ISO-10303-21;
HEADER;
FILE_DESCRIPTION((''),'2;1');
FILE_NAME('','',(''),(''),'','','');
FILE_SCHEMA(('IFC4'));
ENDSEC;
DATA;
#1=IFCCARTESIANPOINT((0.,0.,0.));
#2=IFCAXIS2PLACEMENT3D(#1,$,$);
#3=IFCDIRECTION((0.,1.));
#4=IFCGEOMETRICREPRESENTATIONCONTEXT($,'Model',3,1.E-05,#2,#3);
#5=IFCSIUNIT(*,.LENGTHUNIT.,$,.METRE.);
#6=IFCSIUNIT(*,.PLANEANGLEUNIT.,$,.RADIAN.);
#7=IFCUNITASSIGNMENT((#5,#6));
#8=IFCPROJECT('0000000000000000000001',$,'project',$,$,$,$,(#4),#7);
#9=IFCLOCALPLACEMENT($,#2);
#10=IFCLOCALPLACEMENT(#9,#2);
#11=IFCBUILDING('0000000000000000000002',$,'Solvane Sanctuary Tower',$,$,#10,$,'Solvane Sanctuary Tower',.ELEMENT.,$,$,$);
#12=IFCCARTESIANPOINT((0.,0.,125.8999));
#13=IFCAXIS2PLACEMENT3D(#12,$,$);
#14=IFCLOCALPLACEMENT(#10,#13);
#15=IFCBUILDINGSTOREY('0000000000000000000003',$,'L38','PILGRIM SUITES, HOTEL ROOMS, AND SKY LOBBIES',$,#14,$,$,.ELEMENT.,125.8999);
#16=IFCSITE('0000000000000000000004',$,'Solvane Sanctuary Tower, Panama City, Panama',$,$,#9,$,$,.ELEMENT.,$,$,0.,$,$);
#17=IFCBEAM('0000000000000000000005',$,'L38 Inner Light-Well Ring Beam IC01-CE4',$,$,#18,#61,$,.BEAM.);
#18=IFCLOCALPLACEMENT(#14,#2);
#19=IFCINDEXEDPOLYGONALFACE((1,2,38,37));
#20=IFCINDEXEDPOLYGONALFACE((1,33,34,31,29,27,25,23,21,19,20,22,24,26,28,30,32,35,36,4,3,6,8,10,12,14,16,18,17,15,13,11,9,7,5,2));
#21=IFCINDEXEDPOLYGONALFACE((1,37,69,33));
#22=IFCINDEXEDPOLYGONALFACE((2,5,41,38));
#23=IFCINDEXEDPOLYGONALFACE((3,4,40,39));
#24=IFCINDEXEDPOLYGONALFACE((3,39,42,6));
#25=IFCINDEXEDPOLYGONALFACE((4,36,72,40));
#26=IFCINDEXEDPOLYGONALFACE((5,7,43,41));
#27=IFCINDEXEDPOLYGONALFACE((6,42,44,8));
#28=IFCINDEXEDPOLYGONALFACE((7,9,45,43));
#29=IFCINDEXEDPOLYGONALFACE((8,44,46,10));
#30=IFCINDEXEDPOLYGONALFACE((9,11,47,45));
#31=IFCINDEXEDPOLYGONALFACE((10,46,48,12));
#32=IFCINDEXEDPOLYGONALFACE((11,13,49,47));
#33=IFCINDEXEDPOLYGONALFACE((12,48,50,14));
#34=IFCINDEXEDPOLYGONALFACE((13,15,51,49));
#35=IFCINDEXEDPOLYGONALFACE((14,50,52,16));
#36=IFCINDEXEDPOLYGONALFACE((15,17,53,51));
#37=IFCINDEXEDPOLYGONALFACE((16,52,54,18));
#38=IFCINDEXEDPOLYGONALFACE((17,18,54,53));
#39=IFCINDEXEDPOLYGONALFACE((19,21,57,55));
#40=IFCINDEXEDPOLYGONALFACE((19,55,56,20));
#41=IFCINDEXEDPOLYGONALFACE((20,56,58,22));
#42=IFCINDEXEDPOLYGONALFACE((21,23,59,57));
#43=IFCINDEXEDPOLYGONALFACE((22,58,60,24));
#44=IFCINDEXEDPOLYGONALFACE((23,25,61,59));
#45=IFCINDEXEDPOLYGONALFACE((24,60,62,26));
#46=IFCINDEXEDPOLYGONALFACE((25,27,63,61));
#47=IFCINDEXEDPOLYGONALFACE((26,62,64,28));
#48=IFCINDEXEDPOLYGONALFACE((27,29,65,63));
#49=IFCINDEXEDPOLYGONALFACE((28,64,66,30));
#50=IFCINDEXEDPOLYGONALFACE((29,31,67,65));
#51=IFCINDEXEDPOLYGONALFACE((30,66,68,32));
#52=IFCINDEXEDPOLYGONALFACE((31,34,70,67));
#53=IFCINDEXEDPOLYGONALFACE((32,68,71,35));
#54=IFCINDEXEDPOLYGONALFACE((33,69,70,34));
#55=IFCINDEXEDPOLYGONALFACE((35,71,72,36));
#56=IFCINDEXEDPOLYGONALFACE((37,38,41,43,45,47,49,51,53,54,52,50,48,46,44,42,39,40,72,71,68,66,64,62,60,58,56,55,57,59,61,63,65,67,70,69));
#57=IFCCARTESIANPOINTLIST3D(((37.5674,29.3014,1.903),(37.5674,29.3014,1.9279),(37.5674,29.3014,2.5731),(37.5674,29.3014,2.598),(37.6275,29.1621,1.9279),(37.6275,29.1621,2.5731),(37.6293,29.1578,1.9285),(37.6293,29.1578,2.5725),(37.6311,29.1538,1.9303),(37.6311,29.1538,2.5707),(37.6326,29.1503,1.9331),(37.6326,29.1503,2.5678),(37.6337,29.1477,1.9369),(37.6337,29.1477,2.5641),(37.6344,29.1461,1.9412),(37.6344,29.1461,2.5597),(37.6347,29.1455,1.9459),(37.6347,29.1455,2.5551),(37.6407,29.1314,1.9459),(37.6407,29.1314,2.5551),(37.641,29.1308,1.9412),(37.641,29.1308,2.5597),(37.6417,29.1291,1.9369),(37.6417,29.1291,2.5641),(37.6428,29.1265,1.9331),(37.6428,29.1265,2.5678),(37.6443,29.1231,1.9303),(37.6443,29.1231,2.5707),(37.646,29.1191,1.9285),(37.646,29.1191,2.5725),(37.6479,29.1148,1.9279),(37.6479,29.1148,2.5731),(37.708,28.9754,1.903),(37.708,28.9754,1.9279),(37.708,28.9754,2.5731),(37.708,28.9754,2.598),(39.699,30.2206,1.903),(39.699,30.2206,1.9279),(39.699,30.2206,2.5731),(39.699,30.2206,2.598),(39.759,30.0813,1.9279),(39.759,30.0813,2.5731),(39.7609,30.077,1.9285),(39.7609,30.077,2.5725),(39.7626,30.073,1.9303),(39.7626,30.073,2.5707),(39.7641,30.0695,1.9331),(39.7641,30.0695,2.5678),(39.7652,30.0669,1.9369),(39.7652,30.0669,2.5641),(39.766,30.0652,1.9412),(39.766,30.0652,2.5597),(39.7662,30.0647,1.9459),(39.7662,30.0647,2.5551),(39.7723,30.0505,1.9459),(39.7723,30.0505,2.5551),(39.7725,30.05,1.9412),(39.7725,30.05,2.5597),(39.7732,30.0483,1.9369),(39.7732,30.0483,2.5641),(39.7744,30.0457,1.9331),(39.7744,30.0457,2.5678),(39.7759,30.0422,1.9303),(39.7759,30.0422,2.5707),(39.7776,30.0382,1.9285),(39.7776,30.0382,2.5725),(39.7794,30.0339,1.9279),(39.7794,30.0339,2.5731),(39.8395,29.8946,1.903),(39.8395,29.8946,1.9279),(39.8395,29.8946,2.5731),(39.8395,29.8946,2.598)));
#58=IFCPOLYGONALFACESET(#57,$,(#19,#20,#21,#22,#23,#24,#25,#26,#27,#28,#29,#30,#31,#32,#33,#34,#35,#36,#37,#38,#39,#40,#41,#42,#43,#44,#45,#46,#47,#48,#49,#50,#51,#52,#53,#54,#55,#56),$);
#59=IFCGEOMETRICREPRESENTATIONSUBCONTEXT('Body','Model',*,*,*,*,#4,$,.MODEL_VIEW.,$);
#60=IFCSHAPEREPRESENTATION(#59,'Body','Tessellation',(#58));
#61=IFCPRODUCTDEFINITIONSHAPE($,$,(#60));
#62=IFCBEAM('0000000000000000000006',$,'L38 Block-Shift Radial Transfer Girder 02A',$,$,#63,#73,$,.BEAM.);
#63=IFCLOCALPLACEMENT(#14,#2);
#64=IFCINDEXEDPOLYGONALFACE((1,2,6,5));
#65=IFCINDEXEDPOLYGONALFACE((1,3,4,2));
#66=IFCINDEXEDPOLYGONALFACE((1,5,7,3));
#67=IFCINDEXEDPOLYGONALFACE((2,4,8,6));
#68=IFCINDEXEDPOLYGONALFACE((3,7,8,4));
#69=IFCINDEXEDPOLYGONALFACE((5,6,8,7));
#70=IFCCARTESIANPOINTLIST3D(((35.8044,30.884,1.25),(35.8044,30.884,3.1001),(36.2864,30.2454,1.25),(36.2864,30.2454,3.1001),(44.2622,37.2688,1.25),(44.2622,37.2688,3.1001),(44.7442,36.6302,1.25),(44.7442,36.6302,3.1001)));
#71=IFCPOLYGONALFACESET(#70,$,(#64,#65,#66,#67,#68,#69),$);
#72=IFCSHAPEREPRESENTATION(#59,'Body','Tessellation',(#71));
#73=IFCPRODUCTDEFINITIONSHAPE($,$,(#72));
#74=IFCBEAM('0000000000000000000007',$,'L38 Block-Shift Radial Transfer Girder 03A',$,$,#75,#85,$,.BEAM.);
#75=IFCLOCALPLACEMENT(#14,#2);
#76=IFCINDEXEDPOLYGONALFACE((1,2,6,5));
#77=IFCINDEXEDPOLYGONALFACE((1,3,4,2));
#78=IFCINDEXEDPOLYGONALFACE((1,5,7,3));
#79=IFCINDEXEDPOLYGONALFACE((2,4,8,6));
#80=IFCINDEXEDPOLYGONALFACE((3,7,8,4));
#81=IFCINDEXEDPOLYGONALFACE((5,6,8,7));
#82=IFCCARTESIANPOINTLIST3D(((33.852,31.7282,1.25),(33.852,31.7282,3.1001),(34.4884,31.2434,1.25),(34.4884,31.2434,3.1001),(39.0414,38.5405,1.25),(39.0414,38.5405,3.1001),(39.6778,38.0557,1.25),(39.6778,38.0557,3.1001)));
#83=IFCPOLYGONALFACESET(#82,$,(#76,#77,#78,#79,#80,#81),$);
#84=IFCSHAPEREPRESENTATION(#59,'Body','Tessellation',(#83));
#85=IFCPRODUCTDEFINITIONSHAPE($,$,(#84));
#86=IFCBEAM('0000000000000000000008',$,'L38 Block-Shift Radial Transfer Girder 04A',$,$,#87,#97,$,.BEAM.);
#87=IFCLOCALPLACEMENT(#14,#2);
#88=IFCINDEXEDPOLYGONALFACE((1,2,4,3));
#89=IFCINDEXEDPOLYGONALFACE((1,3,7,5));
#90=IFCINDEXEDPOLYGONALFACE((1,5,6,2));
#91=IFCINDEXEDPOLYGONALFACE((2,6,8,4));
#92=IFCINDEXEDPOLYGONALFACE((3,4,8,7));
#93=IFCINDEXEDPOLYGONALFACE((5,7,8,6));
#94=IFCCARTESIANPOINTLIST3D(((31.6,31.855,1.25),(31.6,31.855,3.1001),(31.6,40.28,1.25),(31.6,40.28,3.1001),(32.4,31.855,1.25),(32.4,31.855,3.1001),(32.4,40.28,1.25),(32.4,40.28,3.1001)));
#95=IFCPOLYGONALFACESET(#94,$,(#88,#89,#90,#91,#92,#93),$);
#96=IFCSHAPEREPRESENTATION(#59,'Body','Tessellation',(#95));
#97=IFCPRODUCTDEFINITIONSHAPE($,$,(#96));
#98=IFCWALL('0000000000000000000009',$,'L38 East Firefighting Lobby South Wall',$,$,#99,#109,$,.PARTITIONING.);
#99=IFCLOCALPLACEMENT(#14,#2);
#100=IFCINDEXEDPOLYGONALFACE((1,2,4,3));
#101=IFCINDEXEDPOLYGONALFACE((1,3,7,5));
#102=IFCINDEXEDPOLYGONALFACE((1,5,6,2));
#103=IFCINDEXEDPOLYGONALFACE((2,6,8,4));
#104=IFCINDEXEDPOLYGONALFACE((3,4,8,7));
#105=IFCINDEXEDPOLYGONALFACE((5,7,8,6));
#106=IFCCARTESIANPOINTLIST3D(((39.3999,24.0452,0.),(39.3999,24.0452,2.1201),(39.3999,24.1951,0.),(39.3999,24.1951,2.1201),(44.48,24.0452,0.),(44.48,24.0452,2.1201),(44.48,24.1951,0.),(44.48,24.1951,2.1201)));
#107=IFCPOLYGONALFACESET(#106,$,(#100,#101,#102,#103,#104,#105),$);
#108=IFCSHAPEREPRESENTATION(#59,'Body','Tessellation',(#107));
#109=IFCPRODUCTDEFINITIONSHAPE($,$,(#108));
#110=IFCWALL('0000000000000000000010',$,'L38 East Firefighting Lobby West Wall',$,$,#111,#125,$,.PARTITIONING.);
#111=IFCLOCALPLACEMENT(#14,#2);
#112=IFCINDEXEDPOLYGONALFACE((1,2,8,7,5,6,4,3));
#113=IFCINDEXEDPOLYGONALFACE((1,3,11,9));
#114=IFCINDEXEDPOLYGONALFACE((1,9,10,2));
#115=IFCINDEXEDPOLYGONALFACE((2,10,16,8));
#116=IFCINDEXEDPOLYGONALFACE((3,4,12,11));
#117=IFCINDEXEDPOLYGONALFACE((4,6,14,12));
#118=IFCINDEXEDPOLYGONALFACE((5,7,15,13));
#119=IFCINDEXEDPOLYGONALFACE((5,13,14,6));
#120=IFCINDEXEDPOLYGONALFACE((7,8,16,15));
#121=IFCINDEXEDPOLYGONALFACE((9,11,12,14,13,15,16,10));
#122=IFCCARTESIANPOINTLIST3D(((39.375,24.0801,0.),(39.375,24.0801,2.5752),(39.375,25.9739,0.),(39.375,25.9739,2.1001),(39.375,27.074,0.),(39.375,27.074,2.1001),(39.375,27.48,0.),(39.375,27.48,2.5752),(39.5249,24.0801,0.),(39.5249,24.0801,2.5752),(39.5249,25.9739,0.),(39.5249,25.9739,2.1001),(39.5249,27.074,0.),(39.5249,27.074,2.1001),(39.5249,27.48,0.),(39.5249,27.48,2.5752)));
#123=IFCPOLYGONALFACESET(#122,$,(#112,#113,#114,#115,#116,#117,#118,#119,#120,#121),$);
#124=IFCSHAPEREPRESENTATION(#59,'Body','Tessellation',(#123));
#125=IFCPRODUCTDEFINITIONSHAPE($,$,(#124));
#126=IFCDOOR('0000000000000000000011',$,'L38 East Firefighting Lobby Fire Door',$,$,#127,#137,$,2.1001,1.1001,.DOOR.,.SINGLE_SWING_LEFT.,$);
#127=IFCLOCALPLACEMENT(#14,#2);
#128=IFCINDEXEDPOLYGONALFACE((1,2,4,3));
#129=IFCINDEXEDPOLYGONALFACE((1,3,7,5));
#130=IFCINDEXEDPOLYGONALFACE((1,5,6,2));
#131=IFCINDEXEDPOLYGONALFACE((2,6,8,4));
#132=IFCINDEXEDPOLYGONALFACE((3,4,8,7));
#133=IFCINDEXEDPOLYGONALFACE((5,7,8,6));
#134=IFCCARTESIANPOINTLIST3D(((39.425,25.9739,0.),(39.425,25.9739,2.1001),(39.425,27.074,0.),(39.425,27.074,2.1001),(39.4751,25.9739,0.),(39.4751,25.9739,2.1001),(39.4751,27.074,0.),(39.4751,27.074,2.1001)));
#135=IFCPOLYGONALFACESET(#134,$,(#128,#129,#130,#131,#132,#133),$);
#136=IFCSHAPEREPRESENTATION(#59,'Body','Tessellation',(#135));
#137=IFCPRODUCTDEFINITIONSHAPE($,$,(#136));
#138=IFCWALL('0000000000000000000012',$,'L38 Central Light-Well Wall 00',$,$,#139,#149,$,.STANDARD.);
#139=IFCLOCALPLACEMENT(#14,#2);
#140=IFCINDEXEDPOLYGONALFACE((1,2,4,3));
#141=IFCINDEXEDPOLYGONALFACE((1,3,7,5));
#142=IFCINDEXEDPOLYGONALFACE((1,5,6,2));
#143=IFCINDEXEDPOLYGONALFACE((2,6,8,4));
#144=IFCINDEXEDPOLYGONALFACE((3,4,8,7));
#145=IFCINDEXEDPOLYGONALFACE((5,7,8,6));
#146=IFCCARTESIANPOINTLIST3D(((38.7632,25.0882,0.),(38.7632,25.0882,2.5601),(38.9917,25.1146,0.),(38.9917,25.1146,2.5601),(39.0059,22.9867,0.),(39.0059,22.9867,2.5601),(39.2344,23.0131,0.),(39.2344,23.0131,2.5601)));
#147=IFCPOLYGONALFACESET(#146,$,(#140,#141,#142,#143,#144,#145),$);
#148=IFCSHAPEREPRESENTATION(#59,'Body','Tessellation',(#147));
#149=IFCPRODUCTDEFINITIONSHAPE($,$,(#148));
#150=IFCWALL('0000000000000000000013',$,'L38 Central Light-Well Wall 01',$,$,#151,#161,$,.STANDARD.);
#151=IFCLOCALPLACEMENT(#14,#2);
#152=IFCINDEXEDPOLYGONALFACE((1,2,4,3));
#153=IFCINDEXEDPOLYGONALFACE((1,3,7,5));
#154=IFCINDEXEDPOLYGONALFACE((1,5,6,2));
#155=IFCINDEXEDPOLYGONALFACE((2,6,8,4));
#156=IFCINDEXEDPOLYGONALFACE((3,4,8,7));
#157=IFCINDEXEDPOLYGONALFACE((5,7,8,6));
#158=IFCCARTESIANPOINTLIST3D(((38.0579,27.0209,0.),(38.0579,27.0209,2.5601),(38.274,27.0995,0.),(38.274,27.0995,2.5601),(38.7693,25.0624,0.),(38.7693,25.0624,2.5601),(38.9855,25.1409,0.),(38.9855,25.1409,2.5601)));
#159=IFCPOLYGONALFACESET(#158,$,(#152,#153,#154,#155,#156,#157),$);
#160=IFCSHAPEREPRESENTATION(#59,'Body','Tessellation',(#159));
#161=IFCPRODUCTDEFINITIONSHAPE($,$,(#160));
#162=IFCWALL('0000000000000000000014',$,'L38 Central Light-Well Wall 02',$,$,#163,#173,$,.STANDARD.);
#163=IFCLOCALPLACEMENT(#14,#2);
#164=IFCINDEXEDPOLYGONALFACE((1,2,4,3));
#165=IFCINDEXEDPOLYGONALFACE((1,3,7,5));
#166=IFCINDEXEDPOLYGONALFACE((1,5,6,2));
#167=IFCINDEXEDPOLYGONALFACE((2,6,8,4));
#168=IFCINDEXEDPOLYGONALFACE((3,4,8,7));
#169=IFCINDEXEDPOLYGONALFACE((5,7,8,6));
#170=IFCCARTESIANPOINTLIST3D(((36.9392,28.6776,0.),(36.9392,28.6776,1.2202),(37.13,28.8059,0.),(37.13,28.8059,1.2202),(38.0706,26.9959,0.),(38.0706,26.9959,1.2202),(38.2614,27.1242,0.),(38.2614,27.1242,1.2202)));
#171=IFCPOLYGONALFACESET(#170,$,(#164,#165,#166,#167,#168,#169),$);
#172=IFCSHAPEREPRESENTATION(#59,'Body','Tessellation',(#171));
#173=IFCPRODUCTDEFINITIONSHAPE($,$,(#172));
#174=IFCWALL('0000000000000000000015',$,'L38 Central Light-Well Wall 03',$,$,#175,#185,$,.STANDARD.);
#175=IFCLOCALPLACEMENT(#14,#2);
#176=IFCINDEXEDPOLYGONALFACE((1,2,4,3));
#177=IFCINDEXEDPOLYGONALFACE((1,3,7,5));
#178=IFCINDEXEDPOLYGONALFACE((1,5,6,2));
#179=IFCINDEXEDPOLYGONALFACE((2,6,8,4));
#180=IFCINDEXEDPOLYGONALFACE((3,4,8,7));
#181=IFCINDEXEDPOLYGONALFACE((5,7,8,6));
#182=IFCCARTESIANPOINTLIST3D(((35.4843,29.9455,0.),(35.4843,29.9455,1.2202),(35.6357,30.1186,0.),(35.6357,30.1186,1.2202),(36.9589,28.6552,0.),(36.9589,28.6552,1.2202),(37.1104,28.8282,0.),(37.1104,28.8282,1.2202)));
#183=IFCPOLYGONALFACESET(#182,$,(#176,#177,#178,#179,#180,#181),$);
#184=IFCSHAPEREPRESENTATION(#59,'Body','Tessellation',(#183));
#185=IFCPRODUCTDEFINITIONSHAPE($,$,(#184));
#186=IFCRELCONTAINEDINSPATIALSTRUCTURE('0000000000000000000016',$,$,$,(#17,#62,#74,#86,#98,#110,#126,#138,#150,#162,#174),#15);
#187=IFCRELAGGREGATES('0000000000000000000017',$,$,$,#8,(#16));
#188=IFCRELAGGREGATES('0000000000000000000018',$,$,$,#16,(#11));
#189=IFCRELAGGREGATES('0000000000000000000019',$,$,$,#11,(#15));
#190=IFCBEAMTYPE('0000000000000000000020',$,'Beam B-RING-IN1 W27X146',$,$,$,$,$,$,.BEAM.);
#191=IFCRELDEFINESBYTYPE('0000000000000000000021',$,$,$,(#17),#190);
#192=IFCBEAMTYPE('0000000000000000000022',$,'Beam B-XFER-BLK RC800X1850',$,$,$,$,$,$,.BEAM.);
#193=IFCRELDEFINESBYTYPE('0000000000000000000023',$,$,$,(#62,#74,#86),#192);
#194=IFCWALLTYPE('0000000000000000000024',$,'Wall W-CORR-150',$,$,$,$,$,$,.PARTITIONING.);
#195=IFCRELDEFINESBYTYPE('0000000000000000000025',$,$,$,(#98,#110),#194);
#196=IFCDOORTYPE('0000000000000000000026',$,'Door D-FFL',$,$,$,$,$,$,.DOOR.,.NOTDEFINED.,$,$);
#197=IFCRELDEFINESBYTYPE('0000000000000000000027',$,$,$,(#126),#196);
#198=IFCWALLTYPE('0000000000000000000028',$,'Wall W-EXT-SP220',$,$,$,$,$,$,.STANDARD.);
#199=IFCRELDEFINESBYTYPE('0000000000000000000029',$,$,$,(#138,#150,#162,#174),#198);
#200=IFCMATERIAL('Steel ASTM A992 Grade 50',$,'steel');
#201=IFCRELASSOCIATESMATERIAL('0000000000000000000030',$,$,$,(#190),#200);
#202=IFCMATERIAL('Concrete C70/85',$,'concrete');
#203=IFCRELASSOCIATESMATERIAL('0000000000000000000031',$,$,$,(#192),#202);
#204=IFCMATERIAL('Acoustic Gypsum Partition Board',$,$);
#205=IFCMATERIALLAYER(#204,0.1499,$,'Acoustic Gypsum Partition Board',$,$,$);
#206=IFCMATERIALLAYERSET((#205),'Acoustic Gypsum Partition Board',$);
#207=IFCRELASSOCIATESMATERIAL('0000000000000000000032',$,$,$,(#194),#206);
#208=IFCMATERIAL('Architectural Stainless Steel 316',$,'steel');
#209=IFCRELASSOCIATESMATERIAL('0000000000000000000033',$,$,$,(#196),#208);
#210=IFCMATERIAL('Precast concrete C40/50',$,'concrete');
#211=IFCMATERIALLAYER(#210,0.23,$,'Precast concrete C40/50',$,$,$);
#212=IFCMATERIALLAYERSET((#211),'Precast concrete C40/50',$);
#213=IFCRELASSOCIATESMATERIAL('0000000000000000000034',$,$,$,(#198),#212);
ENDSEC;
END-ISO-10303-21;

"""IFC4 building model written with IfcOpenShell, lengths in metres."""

from ifc_helpers import new_model, si_unit, direction, frame, frame_2d, origin, origin_2d, place, context, subcontext, project, spatial, rectangle, i_section, extrude, material, layer, layer_set, material_profile, profile_set, type_object, element, fill, save


model = new_model("IFC4")

# Units and contexts
model_context = context("Model", 3, precision=1e-05, world=origin(), true_north=direction((0.0, 1.0)))
body_context = subcontext(model_context, "Body", "Model", "MODEL_VIEW")
ifc_project = project(units=[si_unit("LENGTHUNIT", "METRE"), si_unit("PLANEANGLEUNIT", "RADIAN")], contexts=[model_context])

# Site, building, storey
site_placement = place(None, origin())
site = spatial("IfcSite", under=ifc_project, at=site_placement, Name="Solvane Sanctuary Tower, Panama City, Panama", CompositionType="ELEMENT", RefElevation=0.0)
building_placement = place(site_placement, origin())
building = spatial("IfcBuilding", under=site, at=building_placement, Name="Solvane Sanctuary Tower", LongName="Solvane Sanctuary Tower", CompositionType="ELEMENT")
storey_placement = place(building_placement, frame((0.0, 0.0, 125.8999)))
storey = spatial("IfcBuildingStorey", under=building, at=storey_placement, Name="L38", Description="PILGRIM SUITES, HOTEL ROOMS, AND SKY LOBBIES", CompositionType="ELEMENT", Elevation=125.8999)

# Beams
ifc_material_1 = material(Name="Steel ASTM A992 Grade 50", Category="steel")
ifc_material_profile_1 = material_profile(ifc_material_1, i_section(OverallWidth=0.355, OverallDepth=0.6951, WebThickness=0.0154, FlangeThickness=0.0249, FilletRadius=0.0181, at=origin_2d()), Name="W27X146")
ifc_profile_set_1 = profile_set([ifc_material_profile_1], Name="Steel ASTM A992 Grade 50")
beam_type_1 = type_object("IfcBeamType", Name="Beam B-RING-IN1 W27X146", PredefinedType="BEAM", material=ifc_profile_set_1)
beam_1_placement = place(storey_placement, frame((37.6377, 29.1384, 2.2505), z_axis=(0.918261, 0.395975, 0.0), x_axis=(-0.395975, 0.918261, 0.0)))
element("IfcBeam", 1, at=beam_1_placement, inside=storey, type_object=beam_type_1, Name="L38 Inner Light-Well Ring Beam IC01-CE4", PredefinedType="BEAM", context=body_context, shape_type="SweptSolid", body=[
    extrude(i_section(OverallWidth=0.355, OverallDepth=0.6951, WebThickness=0.0154, FlangeThickness=0.0249, FilletRadius=0.0181, at=origin_2d()), origin(), (0.0, 0.0, 1.0), 2.3213),
])
ifc_material_2 = material(Name="Concrete C70/85", Category="concrete")
ifc_material_profile_2 = material_profile(ifc_material_2, rectangle(XDim=0.8, YDim=1.8501, at=origin_2d()), Name="RC800X1850")
ifc_profile_set_2 = profile_set([ifc_material_profile_2], Name="Concrete C70/85")
beam_type_2 = type_object("IfcBeamType", Name="Beam B-XFER-BLK RC800X1850", PredefinedType="BEAM", material=ifc_profile_set_2)
beam_2_placement = place(storey_placement, frame((36.0454, 30.5647, 2.175), z_axis=(0.798119, 0.6025, 0.0), x_axis=(-0.6025, 0.798119, 0.0)))
element("IfcBeam", 2, at=beam_2_placement, inside=storey, type_object=beam_type_2, Name="L38 Block-Shift Radial Transfer Girder 02A", PredefinedType="BEAM", context=body_context, shape_type="SweptSolid", body=[
    extrude(rectangle(XDim=0.8, YDim=1.8501, at=origin_2d()), origin(), (0.0, 0.0, 1.0), 10.5972),
])
beam_3_placement = place(storey_placement, frame((34.1702, 31.4858, 2.175), z_axis=(0.605981, 0.795479, 0.0), x_axis=(-0.795479, 0.605981, 0.0)))
element("IfcBeam", 3, at=beam_3_placement, inside=storey, type_object=beam_type_2, Name="L38 Block-Shift Radial Transfer Girder 03A", PredefinedType="BEAM", context=body_context, shape_type="SweptSolid", body=[
    extrude(rectangle(XDim=0.8, YDim=1.8501, at=origin_2d()), origin(), (0.0, 0.0, 1.0), 8.5637),
])
beam_4_placement = place(storey_placement, frame((32.0, 31.855, 2.175), z_axis=(0.0, 1.0, 0.0), x_axis=(-1.0, 0.0, 0.0)))
element("IfcBeam", 4, at=beam_4_placement, inside=storey, type_object=beam_type_2, Name="L38 Block-Shift Radial Transfer Girder 04A", PredefinedType="BEAM", context=body_context, shape_type="SweptSolid", body=[
    extrude(rectangle(XDim=0.8, YDim=1.8501, at=origin_2d()), origin(), (0.0, 0.0, 1.0), 8.425),
])

# Wall
ifc_material_3 = material(Name="Acoustic Gypsum Partition Board")
ifc_layer_1 = layer(ifc_material_3, 0.1499, Name="Acoustic Gypsum Partition Board")
ifc_layer_set_1 = layer_set([ifc_layer_1], Name="Acoustic Gypsum Partition Board")
wall_type_1 = type_object("IfcWallType", Name="Wall W-CORR-150", PredefinedType="PARTITIONING", material=ifc_layer_set_1)
wall_1_placement = place(storey_placement, frame((39.3999, 24.1201, 0.0), z_axis=(0.0, 0.0, 1.0), x_axis=(1.0, 0.0, 0.0)))
element("IfcWall", 5, at=wall_1_placement, inside=storey, type_object=wall_type_1, Name="L38 East Firefighting Lobby South Wall", PredefinedType="PARTITIONING", context=body_context, shape_type="SweptSolid", body=[
    extrude(rectangle(XDim=5.0801, YDim=0.1499, at=frame_2d((2.54, 0.0))), origin(), (0.0, 0.0, 1.0), 2.1201),
])

# Wall, opening, door
wall_2_placement = place(storey_placement, frame((39.45, 24.0801, 0.0), z_axis=(0.0, 0.0, 1.0), x_axis=(0.0, 1.0, 0.0)))
wall_2 = element("IfcWall", 6, at=wall_2_placement, inside=storey, type_object=wall_type_1, Name="L38 East Firefighting Lobby West Wall", PredefinedType="PARTITIONING", context=body_context, shape_type="SweptSolid", body=[
    extrude(rectangle(XDim=3.3999, YDim=0.1499, at=frame_2d((1.7, 0.0))), origin(), (0.0, 0.0, 1.0), 2.5752),
])
opening_placement = place(wall_2_placement, frame((1.8938, 0.0, 0.0)))
opening = element("IfcOpeningElement", 7, at=opening_placement, cuts=wall_2, PredefinedType="OPENING", context=body_context, shape_type="SweptSolid", body=[
    extrude(rectangle(XDim=1.1001, YDim=2.1001, at=frame_2d((0.55, 1.05))), frame((0.0, 0.085, 0.0), z_axis=(0.0, -1.0, 0.0), x_axis=(1.0, 0.0, 0.0)), (0.0, 0.0, 1.0), 0.1699),
])
ifc_material_4 = material(Name="Architectural Stainless Steel 316", Category="steel")
door_type = type_object("IfcDoorType", Name="Door D-FFL", OperationType="NOTDEFINED", PredefinedType="DOOR", material=ifc_material_4)
door_placement = place(opening_placement, origin())
door = element("IfcDoor", 8, at=door_placement, inside=storey, type_object=door_type, Name="L38 East Firefighting Lobby Fire Door", OperationType="SINGLE_SWING_LEFT", OverallHeight=2.1001, OverallWidth=1.1001, PredefinedType="DOOR", context=body_context, shape_type="SweptSolid", body=[
    extrude(rectangle(XDim=1.1001, YDim=2.1001, at=frame_2d((0.55, 1.05))), frame((0.0, 0.0249, 0.0), z_axis=(0.0, -1.0, 0.0), x_axis=(1.0, 0.0, 0.0)), (0.0, 0.0, 1.0), 0.05),
])
fill(opening, door)

# Walls
ifc_material_5 = material(Name="Precast concrete C40/50", Category="concrete")
ifc_layer_2 = layer(ifc_material_5, 0.23, Name="Precast concrete C40/50")
ifc_layer_set_2 = layer_set([ifc_layer_2], Name="Precast concrete C40/50")
wall_type_2 = type_object("IfcWallType", Name="Wall W-EXT-SP220", PredefinedType="STANDARD", material=ifc_layer_set_2)
wall_3_placement = place(storey_placement, frame((39.1201, 23.0, 0.0), z_axis=(0.0, 0.0, 1.0), x_axis=(-0.114712, 0.993399, 0.0)))
element("IfcWall", 9, at=wall_3_placement, inside=storey, type_object=wall_type_2, Name="L38 Central Light-Well Wall 00", PredefinedType="STANDARD", context=body_context, shape_type="SweptSolid", body=[
    extrude(rectangle(XDim=2.1155, YDim=0.23, at=frame_2d((1.0576, 0.0))), origin(), (0.0, 0.0, 1.0), 2.5601),
])
wall_4_placement = place(storey_placement, frame((38.8774, 25.1016, 0.0), z_axis=(0.0, 0.0, 1.0), x_axis=(-0.341423, 0.93991, 0.0)))
element("IfcWall", 10, at=wall_4_placement, inside=storey, type_object=wall_type_2, Name="L38 Central Light-Well Wall 01", PredefinedType="STANDARD", context=body_context, shape_type="SweptSolid", body=[
    extrude(rectangle(XDim=2.0837, YDim=0.23, at=frame_2d((1.042, 0.0))), origin(), (0.0, 0.0, 1.0), 2.5601),
])
wall_5_placement = place(storey_placement, frame((38.166, 27.0601, 0.0), z_axis=(0.0, 0.0, 1.0), x_axis=(-0.558198, 0.829708, 0.0)))
element("IfcWall", 11, at=wall_5_placement, inside=storey, type_object=wall_type_2, Name="L38 Central Light-Well Wall 02", PredefinedType="STANDARD", context=body_context, shape_type="SweptSolid", body=[
    extrude(rectangle(XDim=2.0269, YDim=0.23, at=frame_2d((1.0134, 0.0))), origin(), (0.0, 0.0, 1.0), 1.2202),
])
wall_6_placement = place(storey_placement, frame((37.0347, 28.7417, 0.0), z_axis=(0.0, 0.0, 1.0), x_axis=(-0.752577, 0.658505, 0.0)))
element("IfcWall", 12, at=wall_6_placement, inside=storey, type_object=wall_type_2, Name="L38 Central Light-Well Wall 03", PredefinedType="STANDARD", context=body_context, shape_type="SweptSolid", body=[
    extrude(rectangle(XDim=1.9595, YDim=0.23, at=frame_2d((0.9797, 0.0))), origin(), (0.0, 0.0, 1.0), 1.2202),
])

save(model, "model.ifc")
